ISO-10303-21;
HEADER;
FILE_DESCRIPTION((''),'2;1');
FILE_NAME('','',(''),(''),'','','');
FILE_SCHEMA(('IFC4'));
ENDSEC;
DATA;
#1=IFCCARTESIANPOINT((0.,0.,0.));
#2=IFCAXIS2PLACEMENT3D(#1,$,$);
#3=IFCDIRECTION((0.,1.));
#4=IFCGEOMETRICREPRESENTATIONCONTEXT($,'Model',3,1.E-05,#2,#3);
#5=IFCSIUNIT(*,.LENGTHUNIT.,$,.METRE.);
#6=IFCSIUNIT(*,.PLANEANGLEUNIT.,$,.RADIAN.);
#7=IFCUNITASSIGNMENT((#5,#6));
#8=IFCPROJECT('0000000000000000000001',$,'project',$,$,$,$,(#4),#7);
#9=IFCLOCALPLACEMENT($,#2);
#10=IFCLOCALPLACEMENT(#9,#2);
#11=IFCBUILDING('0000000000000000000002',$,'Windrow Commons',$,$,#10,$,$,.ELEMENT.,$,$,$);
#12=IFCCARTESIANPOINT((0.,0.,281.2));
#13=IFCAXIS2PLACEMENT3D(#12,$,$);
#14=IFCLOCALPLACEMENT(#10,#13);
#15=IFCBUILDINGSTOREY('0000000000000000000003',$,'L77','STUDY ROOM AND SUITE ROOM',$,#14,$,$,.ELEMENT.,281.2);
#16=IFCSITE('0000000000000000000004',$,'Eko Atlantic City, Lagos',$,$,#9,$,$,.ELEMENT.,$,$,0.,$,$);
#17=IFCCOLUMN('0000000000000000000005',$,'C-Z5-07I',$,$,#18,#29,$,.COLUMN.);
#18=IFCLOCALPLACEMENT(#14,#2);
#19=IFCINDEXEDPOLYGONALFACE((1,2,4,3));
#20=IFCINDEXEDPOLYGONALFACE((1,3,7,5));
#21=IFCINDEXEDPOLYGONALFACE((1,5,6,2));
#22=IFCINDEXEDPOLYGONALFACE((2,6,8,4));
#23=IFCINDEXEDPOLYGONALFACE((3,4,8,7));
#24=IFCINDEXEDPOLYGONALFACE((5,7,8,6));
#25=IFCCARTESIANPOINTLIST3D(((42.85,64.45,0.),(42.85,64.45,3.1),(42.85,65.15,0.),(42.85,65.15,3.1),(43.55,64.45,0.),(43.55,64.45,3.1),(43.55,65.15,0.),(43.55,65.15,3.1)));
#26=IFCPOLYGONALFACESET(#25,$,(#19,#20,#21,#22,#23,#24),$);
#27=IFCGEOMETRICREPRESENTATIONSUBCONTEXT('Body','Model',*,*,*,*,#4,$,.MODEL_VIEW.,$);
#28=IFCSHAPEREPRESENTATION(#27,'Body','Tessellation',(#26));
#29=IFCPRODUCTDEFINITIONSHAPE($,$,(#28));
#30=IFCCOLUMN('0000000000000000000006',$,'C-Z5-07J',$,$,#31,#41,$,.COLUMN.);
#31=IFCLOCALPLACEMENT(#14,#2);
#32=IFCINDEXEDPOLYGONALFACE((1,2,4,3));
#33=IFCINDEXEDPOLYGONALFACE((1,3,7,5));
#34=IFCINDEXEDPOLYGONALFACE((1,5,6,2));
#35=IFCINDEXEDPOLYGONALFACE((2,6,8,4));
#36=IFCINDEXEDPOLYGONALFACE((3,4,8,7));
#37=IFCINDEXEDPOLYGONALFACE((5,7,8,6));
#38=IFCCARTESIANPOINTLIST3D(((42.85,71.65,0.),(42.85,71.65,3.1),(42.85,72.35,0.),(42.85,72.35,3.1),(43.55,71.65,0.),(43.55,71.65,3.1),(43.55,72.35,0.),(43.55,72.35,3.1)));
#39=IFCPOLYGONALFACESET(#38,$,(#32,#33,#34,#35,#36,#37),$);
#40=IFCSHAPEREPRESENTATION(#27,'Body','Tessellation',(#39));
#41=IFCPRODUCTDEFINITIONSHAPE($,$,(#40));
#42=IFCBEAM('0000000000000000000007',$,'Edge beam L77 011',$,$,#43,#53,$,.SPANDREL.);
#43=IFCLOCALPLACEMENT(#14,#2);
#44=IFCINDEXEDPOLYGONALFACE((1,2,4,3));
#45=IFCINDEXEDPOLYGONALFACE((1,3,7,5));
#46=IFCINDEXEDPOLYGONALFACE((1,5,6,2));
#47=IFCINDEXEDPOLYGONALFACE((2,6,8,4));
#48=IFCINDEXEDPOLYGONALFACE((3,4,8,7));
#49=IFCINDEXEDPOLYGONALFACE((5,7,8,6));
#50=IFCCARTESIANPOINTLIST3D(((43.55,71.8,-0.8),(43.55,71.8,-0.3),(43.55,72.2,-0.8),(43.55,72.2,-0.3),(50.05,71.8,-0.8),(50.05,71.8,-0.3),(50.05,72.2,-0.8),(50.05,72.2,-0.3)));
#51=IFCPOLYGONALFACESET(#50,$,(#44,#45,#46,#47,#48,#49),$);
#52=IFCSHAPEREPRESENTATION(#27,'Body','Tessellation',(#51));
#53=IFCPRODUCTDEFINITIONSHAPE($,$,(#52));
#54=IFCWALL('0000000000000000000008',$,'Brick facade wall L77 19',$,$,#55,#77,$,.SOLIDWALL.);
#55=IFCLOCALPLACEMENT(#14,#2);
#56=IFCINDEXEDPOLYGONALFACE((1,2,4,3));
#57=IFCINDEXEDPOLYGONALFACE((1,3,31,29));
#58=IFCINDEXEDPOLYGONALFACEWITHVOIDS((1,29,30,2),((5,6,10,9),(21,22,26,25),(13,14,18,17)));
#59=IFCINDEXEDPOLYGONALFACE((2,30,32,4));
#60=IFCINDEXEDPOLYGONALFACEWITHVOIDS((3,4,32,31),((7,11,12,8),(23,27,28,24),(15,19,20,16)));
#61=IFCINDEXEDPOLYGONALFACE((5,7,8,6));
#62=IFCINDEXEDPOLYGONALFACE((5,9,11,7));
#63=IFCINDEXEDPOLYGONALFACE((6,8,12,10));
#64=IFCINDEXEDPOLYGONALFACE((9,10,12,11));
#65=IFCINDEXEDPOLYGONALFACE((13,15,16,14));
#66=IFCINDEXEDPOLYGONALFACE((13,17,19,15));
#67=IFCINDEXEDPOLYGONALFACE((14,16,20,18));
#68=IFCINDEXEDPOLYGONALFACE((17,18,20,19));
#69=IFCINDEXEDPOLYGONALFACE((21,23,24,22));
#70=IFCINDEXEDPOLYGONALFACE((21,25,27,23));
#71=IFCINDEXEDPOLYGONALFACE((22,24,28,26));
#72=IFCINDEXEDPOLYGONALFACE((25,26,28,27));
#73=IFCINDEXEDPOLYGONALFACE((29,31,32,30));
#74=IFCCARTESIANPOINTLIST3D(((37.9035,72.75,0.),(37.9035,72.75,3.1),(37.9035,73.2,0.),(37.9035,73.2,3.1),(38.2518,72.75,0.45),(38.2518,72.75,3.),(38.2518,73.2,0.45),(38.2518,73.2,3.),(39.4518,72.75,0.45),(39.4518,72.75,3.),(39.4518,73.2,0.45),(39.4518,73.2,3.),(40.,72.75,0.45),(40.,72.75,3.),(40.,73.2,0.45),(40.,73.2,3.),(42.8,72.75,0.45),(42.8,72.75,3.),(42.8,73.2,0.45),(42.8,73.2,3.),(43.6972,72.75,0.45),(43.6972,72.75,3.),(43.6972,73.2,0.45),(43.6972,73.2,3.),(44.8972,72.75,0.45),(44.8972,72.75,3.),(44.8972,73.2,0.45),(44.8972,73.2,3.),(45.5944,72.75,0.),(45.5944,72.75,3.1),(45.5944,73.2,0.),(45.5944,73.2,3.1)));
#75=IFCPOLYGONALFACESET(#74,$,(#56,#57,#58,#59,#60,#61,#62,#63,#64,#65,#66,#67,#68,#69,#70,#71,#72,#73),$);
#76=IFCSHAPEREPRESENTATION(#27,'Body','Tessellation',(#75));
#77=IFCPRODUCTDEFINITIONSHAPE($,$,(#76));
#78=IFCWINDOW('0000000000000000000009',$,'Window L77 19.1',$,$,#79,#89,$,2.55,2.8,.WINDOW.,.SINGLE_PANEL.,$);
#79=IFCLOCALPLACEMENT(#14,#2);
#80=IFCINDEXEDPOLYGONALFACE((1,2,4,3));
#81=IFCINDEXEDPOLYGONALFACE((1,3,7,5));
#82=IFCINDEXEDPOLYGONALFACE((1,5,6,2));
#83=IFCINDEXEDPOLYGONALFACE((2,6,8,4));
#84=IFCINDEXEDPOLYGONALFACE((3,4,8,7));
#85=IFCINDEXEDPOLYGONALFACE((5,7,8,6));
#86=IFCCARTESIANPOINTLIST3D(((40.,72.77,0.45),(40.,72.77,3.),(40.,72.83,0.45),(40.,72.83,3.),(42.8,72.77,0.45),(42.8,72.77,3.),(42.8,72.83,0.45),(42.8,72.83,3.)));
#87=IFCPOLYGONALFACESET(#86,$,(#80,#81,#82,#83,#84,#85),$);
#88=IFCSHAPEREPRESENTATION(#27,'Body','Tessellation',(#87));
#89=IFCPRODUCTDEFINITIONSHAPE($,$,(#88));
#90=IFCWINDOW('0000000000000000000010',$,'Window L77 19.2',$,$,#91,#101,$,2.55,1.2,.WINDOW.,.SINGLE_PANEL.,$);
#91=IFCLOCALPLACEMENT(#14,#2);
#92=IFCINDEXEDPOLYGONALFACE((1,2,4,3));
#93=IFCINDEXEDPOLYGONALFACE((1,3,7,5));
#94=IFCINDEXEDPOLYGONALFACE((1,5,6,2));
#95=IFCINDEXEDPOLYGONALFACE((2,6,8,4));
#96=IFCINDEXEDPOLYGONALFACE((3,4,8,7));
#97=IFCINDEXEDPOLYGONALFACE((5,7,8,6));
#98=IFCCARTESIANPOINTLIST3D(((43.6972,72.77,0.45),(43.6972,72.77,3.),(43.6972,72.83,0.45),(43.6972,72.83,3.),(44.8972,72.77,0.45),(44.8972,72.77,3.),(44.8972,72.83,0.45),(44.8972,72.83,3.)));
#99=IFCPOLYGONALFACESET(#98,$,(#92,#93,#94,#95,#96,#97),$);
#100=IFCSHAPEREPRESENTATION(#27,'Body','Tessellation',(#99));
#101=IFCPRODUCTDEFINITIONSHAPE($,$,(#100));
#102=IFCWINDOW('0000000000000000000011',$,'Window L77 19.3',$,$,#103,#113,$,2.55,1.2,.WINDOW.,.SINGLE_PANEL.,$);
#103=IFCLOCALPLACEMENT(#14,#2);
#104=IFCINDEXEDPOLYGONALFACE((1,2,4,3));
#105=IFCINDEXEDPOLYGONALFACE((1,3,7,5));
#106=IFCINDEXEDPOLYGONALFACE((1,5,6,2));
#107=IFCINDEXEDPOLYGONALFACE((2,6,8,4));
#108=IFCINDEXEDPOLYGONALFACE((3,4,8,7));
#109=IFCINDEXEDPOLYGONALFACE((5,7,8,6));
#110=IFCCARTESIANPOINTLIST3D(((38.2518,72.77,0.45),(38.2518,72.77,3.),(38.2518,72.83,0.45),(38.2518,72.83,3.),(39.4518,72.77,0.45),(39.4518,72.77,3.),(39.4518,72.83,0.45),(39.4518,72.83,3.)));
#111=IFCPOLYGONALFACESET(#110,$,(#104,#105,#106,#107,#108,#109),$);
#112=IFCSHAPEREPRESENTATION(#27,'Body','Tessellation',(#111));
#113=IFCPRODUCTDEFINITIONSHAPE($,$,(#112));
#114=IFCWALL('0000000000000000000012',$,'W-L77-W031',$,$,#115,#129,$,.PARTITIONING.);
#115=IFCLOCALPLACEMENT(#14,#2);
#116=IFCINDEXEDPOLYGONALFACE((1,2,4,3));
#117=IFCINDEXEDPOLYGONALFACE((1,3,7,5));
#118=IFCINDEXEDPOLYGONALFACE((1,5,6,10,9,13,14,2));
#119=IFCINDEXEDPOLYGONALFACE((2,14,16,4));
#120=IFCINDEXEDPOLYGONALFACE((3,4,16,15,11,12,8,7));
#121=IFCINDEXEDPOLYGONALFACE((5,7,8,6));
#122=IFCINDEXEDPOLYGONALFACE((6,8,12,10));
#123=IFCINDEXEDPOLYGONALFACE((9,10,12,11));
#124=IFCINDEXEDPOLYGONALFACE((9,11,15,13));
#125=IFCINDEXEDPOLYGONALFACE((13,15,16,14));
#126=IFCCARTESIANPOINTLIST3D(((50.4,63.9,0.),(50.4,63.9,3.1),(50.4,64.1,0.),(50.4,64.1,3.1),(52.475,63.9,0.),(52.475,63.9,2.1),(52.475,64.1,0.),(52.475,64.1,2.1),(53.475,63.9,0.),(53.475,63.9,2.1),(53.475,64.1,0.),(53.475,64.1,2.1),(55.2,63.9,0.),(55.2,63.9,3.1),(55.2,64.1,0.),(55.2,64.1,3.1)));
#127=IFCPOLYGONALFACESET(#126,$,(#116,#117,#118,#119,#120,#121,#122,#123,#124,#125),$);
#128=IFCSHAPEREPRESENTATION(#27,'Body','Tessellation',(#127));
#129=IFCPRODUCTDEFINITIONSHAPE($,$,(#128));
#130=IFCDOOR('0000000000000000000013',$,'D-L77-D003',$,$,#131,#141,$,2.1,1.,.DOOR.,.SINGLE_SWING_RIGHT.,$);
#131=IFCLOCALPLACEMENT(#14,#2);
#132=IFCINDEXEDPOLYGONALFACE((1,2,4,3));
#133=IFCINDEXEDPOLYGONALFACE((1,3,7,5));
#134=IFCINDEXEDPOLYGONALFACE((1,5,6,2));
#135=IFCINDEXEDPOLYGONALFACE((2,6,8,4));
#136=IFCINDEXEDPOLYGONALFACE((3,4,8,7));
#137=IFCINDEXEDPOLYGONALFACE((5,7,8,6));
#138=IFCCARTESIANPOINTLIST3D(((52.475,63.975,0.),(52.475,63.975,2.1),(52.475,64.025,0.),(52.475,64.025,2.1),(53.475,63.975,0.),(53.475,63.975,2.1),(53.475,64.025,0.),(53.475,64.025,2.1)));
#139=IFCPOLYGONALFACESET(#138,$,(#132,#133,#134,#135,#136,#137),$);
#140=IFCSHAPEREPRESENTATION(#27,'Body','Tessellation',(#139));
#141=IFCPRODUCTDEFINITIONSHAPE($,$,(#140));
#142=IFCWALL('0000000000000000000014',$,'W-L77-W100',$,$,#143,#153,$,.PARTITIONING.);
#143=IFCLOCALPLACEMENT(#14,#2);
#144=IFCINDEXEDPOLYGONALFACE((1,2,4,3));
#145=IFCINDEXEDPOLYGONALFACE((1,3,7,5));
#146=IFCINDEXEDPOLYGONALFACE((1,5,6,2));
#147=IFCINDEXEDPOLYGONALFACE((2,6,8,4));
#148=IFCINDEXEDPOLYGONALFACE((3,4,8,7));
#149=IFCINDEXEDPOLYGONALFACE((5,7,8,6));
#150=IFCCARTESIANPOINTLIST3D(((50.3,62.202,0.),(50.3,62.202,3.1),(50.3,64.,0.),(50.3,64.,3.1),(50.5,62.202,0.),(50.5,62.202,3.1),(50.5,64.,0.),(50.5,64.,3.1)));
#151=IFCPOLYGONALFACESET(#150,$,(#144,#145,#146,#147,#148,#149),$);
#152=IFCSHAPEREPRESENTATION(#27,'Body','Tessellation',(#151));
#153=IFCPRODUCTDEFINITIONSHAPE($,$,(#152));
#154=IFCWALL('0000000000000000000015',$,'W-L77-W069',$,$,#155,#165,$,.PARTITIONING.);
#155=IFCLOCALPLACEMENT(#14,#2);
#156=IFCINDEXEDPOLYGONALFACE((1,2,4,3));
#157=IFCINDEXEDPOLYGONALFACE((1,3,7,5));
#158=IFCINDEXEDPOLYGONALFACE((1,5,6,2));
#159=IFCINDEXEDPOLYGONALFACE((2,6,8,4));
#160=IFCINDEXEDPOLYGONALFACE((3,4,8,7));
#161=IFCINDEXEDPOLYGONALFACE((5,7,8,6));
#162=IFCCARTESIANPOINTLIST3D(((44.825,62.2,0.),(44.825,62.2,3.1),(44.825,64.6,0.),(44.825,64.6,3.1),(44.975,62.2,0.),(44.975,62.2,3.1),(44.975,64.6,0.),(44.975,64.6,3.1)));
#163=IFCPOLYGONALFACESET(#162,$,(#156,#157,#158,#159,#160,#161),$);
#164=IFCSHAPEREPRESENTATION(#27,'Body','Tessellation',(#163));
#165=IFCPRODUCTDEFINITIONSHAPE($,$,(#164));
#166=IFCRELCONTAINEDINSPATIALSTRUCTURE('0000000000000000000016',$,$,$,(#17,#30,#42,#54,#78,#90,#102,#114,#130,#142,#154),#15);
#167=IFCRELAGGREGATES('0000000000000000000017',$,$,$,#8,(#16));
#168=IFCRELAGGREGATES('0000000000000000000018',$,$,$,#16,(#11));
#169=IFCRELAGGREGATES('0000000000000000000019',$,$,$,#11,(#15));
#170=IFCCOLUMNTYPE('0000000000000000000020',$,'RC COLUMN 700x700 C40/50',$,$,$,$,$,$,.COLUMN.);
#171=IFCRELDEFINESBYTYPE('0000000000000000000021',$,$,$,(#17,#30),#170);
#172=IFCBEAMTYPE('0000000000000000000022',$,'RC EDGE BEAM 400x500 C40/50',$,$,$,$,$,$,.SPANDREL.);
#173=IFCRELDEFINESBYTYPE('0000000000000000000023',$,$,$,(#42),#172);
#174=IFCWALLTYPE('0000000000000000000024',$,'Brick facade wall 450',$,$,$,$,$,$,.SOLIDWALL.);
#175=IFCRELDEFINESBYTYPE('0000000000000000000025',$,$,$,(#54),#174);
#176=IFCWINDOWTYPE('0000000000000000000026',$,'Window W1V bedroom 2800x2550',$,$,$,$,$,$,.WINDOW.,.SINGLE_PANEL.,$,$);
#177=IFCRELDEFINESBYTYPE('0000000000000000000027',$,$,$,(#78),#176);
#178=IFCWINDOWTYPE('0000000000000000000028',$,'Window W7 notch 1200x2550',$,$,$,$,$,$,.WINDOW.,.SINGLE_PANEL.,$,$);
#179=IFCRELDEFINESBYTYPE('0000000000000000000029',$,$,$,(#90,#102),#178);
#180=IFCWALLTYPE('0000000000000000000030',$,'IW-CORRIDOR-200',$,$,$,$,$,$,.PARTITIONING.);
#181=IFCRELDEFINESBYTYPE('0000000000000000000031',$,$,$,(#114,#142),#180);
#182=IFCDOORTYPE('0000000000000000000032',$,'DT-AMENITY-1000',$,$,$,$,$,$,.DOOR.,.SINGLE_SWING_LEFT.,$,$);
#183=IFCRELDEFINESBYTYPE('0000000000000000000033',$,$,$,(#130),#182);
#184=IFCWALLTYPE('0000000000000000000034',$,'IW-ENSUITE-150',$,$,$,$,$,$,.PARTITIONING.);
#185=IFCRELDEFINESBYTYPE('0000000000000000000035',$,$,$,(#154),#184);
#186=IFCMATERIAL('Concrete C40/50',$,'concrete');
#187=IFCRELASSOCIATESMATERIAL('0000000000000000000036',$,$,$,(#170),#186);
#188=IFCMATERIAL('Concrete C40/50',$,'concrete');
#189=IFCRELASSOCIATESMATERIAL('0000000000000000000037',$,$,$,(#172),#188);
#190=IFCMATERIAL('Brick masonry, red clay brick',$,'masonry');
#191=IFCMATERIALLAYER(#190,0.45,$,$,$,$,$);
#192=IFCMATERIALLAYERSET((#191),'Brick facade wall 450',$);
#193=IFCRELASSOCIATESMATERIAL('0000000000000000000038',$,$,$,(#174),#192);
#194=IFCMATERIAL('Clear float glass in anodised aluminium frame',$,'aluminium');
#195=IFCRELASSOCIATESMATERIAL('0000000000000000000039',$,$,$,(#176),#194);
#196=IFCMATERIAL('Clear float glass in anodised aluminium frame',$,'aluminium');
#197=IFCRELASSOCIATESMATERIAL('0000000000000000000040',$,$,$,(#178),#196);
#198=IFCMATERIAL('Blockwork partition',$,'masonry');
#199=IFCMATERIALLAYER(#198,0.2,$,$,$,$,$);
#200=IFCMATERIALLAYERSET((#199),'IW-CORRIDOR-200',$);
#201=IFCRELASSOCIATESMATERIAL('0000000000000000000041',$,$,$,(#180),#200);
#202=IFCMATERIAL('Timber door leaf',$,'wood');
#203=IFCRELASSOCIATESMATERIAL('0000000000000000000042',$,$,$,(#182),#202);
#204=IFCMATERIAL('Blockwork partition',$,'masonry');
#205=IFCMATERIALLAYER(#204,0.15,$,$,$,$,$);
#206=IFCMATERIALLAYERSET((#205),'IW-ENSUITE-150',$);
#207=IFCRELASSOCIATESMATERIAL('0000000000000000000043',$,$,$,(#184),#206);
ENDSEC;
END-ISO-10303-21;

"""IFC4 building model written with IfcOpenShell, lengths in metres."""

from ifc_helpers import new_model, si_unit, direction, frame, frame_2d, origin, origin_2d, place, context, subcontext, project, spatial, polyline, rectangle, outline, extrude, material, layer, layer_set, material_profile, profile_set, type_object, element, fill, save


model = new_model("IFC4")

# Units and contexts
model_context = context("Model", 3, precision=1e-05, world=origin(), true_north=direction((0.0, 1.0)))
body_context = subcontext(model_context, "Body", "Model", "MODEL_VIEW")
ifc_project = project(units=[si_unit("LENGTHUNIT", "METRE"), si_unit("PLANEANGLEUNIT", "RADIAN")], contexts=[model_context])

# Site, building, storey
site_placement = place(None, origin())
site = spatial("IfcSite", under=ifc_project, at=site_placement, Name="Eko Atlantic City, Lagos", CompositionType="ELEMENT", RefElevation=0.0)
building_placement = place(site_placement, origin())
building = spatial("IfcBuilding", under=site, at=building_placement, Name="Windrow Commons", CompositionType="ELEMENT")
storey_placement = place(building_placement, frame((0.0, 0.0, 281.2)))
storey = spatial("IfcBuildingStorey", under=building, at=storey_placement, Name="L77", Description="STUDY ROOM AND SUITE ROOM", CompositionType="ELEMENT", Elevation=281.2)

# Columns
ifc_material_1 = material(Name="Concrete C40/50", Category="concrete")
ifc_material_profile_1 = material_profile(ifc_material_1, rectangle(XDim=0.7, YDim=0.7, at=origin_2d()))
ifc_profile_set_1 = profile_set([ifc_material_profile_1], Name="Concrete C40/50")
column_type = type_object("IfcColumnType", Name="RC COLUMN 700x700 C40/50", PredefinedType="COLUMN", material=ifc_profile_set_1)
for number, where, z_axis, x_axis, name in (
    (1, (43.2, 64.8, 0.0), (0.0, 0.0, 1.0), (1.0, 0.0, 0.0), "C-Z5-07I"),
    (2, (43.2, 72.0, 0.0), (0.0, 0.0, 1.0), (1.0, 0.0, 0.0), "C-Z5-07J"),
):
    element("IfcColumn", number, at=place(storey_placement, frame(where, z_axis=z_axis, x_axis=x_axis)), inside=storey, type_object=column_type, Name=name, PredefinedType="COLUMN", context=body_context, shape_type="SweptSolid", body=[
        extrude(rectangle(XDim=0.7, YDim=0.7, at=origin_2d()), origin(), (0.0, 0.0, 1.0), 3.1),
    ])

# Beam
ifc_material_2 = material(Name="Concrete C40/50", Category="concrete")
ifc_material_profile_2 = material_profile(ifc_material_2, rectangle(XDim=0.4, YDim=0.5, at=origin_2d()))
ifc_profile_set_2 = profile_set([ifc_material_profile_2], Name="Concrete C40/50")
beam_type = type_object("IfcBeamType", Name="RC EDGE BEAM 400x500 C40/50", PredefinedType="SPANDREL", material=ifc_profile_set_2)
beam_placement = place(storey_placement, frame((43.55, 72.0, -0.55), z_axis=(1.0, 0.0, 0.0), x_axis=(0.0, 1.0, 0.0)))
element("IfcBeam", 3, at=beam_placement, inside=storey, type_object=beam_type, Name="Edge beam L77 011", PredefinedType="SPANDREL", context=body_context, shape_type="SweptSolid", body=[
    extrude(rectangle(XDim=0.4, YDim=0.5, at=origin_2d()), origin(), (0.0, 0.0, 1.0), 6.5),
])

# Wall, openings, windows
ifc_material_3 = material(Name="Brick masonry, red clay brick", Category="masonry")
ifc_layer_1 = layer(ifc_material_3, 0.45)
ifc_layer_set_1 = layer_set([ifc_layer_1], Name="Brick facade wall 450")
wall_type_1 = type_object("IfcWallType", Name="Brick facade wall 450", PredefinedType="SOLIDWALL", material=ifc_layer_set_1)
wall_1_placement = place(storey_placement, frame((45.5944, 72.975, 0.0), z_axis=(0.0, 0.0, 1.0), x_axis=(-1.0, 0.0, 0.0)))
wall_1 = element("IfcWall", 4, at=wall_1_placement, inside=storey, type_object=wall_type_1, Name="Brick facade wall L77 19", PredefinedType="SOLIDWALL", context=body_context, shape_type="SweptSolid", body=[
    extrude(outline(polyline([(0.0, -0.225), (7.6909, -0.225), (7.6909, 0.225), (0.0, 0.225), (0.0, -0.225)])), origin(), (0.0, 0.0, 1.0), 3.1),
])
opening_1_placement = place(wall_1_placement, frame((2.7944, 0.0, 0.45)))
opening_1 = element("IfcOpeningElement", 5, at=opening_1_placement, cuts=wall_1, PredefinedType="OPENING", context=body_context, shape_type="SweptSolid", body=[
    extrude(rectangle(XDim=2.8, YDim=2.55, at=frame_2d((1.4, 1.275))), frame((0.0, 0.235, 0.0), z_axis=(0.0, -1.0, 0.0), x_axis=(1.0, 0.0, 0.0)), (0.0, 0.0, 1.0), 0.47),
])
opening_2_placement = place(wall_1_placement, frame((0.6972, 0.0, 0.45)))
opening_2 = element("IfcOpeningElement", 6, at=opening_2_placement, cuts=wall_1, PredefinedType="OPENING", context=body_context, shape_type="SweptSolid", body=[
    extrude(rectangle(XDim=1.2, YDim=2.55, at=frame_2d((0.6, 1.275))), frame((0.0, 0.235, 0.0), z_axis=(0.0, -1.0, 0.0), x_axis=(1.0, 0.0, 0.0)), (0.0, 0.0, 1.0), 0.47),
])
opening_3_placement = place(wall_1_placement, frame((6.1426, 0.0, 0.45)))
opening_3 = element("IfcOpeningElement", 7, at=opening_3_placement, cuts=wall_1, PredefinedType="OPENING", context=body_context, shape_type="SweptSolid", body=[
    extrude(rectangle(XDim=1.2, YDim=2.55, at=frame_2d((0.6, 1.275))), frame((0.0, 0.235, 0.0), z_axis=(0.0, -1.0, 0.0), x_axis=(1.0, 0.0, 0.0)), (0.0, 0.0, 1.0), 0.47),
])
ifc_material_4 = material(Name="Clear float glass in anodised aluminium frame", Category="aluminium")
window_type_1 = type_object("IfcWindowType", Name="Window W1V bedroom 2800x2550", PartitioningType="SINGLE_PANEL", PredefinedType="WINDOW", material=ifc_material_4)
window_1_placement = place(opening_1_placement, origin())
window_1 = element("IfcWindow", 8, at=window_1_placement, inside=storey, type_object=window_type_1, Name="Window L77 19.1", OverallHeight=2.55, OverallWidth=2.8, PartitioningType="SINGLE_PANEL", PredefinedType="WINDOW", context=body_context, shape_type="SweptSolid", body=[
    extrude(rectangle(XDim=2.8, YDim=2.55, at=frame_2d((1.4, 1.275))), frame((0.0, 0.205, 0.0), z_axis=(0.0, -1.0, 0.0), x_axis=(1.0, 0.0, 0.0)), (0.0, 0.0, 1.0), 0.06),
])
fill(opening_1, window_1)
ifc_material_5 = material(Name="Clear float glass in anodised aluminium frame", Category="aluminium")
window_type_2 = type_object("IfcWindowType", Name="Window W7 notch 1200x2550", PartitioningType="SINGLE_PANEL", PredefinedType="WINDOW", material=ifc_material_5)
window_2_placement = place(opening_2_placement, origin())
window_2 = element("IfcWindow", 9, at=window_2_placement, inside=storey, type_object=window_type_2, Name="Window L77 19.2", OverallHeight=2.55, OverallWidth=1.2, PartitioningType="SINGLE_PANEL", PredefinedType="WINDOW", context=body_context, shape_type="SweptSolid", body=[
    extrude(rectangle(XDim=1.2, YDim=2.55, at=frame_2d((0.6, 1.275))), frame((0.0, 0.205, 0.0), z_axis=(0.0, -1.0, 0.0), x_axis=(1.0, 0.0, 0.0)), (0.0, 0.0, 1.0), 0.06),
])
fill(opening_2, window_2)
window_3_placement = place(opening_3_placement, origin())
window_3 = element("IfcWindow", 10, at=window_3_placement, inside=storey, type_object=window_type_2, Name="Window L77 19.3", OverallHeight=2.55, OverallWidth=1.2, PartitioningType="SINGLE_PANEL", PredefinedType="WINDOW", context=body_context, shape_type="SweptSolid", body=[
    extrude(rectangle(XDim=1.2, YDim=2.55, at=frame_2d((0.6, 1.275))), frame((0.0, 0.205, 0.0), z_axis=(0.0, -1.0, 0.0), x_axis=(1.0, 0.0, 0.0)), (0.0, 0.0, 1.0), 0.06),
])
fill(opening_3, window_3)

# Wall, opening, door
ifc_material_6 = material(Name="Blockwork partition", Category="masonry")
ifc_layer_2 = layer(ifc_material_6, 0.2)
ifc_layer_set_2 = layer_set([ifc_layer_2], Name="IW-CORRIDOR-200")
wall_type_2 = type_object("IfcWallType", Name="IW-CORRIDOR-200", PredefinedType="PARTITIONING", material=ifc_layer_set_2)
wall_2_placement = place(storey_placement, frame((50.4, 64.0, 0.0), z_axis=(0.0, 0.0, 1.0), x_axis=(1.0, 0.0, 0.0)))
wall_2 = element("IfcWall", 11, at=wall_2_placement, inside=storey, type_object=wall_type_2, Name="W-L77-W031", PredefinedType="PARTITIONING", context=body_context, shape_type="SweptSolid", body=[
    extrude(rectangle(XDim=4.8, YDim=0.2, at=frame_2d((2.4, 0.0))), origin(), (0.0, 0.0, 1.0), 3.1),
])
opening_4_placement = place(wall_2_placement, frame((2.075, 0.0, 0.0)))
opening_4 = element("IfcOpeningElement", 12, at=opening_4_placement, cuts=wall_2, PredefinedType="OPENING", context=body_context, shape_type="SweptSolid", body=[
    extrude(rectangle(XDim=1.0, YDim=2.1, at=frame_2d((0.5, 1.05))), frame((0.0, 0.11, 0.0), z_axis=(0.0, -1.0, 0.0), x_axis=(1.0, 0.0, 0.0)), (0.0, 0.0, 1.0), 0.22),
])
ifc_material_7 = material(Name="Timber door leaf", Category="wood")
door_type_1 = type_object("IfcDoorType", Name="DT-AMENITY-1000", OperationType="SINGLE_SWING_LEFT", PredefinedType="DOOR", material=ifc_material_7)
door_1_placement = place(opening_4_placement, origin())
door_1 = element("IfcDoor", 13, at=door_1_placement, inside=storey, type_object=door_type_1, Name="D-L77-D003", OperationType="SINGLE_SWING_RIGHT", OverallHeight=2.1, OverallWidth=1.0, PredefinedType="DOOR", context=body_context, shape_type="SweptSolid", body=[
    extrude(rectangle(XDim=1.0, YDim=2.1, at=frame_2d((0.5, 1.05))), frame((0.0, 0.025, 0.0), z_axis=(0.0, -1.0, 0.0), x_axis=(1.0, 0.0, 0.0)), (0.0, 0.0, 1.0), 0.05),
])
fill(opening_4, door_1)

# Walls
wall_3_placement = place(storey_placement, frame((50.4, 62.202, 0.0), z_axis=(0.0, 0.0, 1.0), x_axis=(0.0, 1.0, 0.0)))
element("IfcWall", 14, at=wall_3_placement, inside=storey, type_object=wall_type_2, Name="W-L77-W100", PredefinedType="PARTITIONING", context=body_context, shape_type="SweptSolid", body=[
    extrude(rectangle(XDim=1.798, YDim=0.2, at=frame_2d((0.899, 0.0))), origin(), (0.0, 0.0, 1.0), 3.1),
])
ifc_material_8 = material(Name="Blockwork partition", Category="masonry")
ifc_layer_3 = layer(ifc_material_8, 0.15)
ifc_layer_set_3 = layer_set([ifc_layer_3], Name="IW-ENSUITE-150")
wall_type_3 = type_object("IfcWallType", Name="IW-ENSUITE-150", PredefinedType="PARTITIONING", material=ifc_layer_set_3)
for number, where, z_axis, x_axis, name in (
    (15, (44.9, 62.2, 0.0), (0.0, 0.0, 1.0), (0.0, 1.0, 0.0), "W-L77-W069"),
):
    element("IfcWall", number, at=place(storey_placement, frame(where, z_axis=z_axis, x_axis=x_axis)), inside=storey, type_object=wall_type_3, Name=name, PredefinedType="PARTITIONING", context=body_context, shape_type="SweptSolid", body=[
        extrude(rectangle(XDim=2.4, YDim=0.15, at=frame_2d((1.2, 0.0))), origin(), (0.0, 0.0, 1.0), 3.1),
    ])

save(model, "model.ifc")
